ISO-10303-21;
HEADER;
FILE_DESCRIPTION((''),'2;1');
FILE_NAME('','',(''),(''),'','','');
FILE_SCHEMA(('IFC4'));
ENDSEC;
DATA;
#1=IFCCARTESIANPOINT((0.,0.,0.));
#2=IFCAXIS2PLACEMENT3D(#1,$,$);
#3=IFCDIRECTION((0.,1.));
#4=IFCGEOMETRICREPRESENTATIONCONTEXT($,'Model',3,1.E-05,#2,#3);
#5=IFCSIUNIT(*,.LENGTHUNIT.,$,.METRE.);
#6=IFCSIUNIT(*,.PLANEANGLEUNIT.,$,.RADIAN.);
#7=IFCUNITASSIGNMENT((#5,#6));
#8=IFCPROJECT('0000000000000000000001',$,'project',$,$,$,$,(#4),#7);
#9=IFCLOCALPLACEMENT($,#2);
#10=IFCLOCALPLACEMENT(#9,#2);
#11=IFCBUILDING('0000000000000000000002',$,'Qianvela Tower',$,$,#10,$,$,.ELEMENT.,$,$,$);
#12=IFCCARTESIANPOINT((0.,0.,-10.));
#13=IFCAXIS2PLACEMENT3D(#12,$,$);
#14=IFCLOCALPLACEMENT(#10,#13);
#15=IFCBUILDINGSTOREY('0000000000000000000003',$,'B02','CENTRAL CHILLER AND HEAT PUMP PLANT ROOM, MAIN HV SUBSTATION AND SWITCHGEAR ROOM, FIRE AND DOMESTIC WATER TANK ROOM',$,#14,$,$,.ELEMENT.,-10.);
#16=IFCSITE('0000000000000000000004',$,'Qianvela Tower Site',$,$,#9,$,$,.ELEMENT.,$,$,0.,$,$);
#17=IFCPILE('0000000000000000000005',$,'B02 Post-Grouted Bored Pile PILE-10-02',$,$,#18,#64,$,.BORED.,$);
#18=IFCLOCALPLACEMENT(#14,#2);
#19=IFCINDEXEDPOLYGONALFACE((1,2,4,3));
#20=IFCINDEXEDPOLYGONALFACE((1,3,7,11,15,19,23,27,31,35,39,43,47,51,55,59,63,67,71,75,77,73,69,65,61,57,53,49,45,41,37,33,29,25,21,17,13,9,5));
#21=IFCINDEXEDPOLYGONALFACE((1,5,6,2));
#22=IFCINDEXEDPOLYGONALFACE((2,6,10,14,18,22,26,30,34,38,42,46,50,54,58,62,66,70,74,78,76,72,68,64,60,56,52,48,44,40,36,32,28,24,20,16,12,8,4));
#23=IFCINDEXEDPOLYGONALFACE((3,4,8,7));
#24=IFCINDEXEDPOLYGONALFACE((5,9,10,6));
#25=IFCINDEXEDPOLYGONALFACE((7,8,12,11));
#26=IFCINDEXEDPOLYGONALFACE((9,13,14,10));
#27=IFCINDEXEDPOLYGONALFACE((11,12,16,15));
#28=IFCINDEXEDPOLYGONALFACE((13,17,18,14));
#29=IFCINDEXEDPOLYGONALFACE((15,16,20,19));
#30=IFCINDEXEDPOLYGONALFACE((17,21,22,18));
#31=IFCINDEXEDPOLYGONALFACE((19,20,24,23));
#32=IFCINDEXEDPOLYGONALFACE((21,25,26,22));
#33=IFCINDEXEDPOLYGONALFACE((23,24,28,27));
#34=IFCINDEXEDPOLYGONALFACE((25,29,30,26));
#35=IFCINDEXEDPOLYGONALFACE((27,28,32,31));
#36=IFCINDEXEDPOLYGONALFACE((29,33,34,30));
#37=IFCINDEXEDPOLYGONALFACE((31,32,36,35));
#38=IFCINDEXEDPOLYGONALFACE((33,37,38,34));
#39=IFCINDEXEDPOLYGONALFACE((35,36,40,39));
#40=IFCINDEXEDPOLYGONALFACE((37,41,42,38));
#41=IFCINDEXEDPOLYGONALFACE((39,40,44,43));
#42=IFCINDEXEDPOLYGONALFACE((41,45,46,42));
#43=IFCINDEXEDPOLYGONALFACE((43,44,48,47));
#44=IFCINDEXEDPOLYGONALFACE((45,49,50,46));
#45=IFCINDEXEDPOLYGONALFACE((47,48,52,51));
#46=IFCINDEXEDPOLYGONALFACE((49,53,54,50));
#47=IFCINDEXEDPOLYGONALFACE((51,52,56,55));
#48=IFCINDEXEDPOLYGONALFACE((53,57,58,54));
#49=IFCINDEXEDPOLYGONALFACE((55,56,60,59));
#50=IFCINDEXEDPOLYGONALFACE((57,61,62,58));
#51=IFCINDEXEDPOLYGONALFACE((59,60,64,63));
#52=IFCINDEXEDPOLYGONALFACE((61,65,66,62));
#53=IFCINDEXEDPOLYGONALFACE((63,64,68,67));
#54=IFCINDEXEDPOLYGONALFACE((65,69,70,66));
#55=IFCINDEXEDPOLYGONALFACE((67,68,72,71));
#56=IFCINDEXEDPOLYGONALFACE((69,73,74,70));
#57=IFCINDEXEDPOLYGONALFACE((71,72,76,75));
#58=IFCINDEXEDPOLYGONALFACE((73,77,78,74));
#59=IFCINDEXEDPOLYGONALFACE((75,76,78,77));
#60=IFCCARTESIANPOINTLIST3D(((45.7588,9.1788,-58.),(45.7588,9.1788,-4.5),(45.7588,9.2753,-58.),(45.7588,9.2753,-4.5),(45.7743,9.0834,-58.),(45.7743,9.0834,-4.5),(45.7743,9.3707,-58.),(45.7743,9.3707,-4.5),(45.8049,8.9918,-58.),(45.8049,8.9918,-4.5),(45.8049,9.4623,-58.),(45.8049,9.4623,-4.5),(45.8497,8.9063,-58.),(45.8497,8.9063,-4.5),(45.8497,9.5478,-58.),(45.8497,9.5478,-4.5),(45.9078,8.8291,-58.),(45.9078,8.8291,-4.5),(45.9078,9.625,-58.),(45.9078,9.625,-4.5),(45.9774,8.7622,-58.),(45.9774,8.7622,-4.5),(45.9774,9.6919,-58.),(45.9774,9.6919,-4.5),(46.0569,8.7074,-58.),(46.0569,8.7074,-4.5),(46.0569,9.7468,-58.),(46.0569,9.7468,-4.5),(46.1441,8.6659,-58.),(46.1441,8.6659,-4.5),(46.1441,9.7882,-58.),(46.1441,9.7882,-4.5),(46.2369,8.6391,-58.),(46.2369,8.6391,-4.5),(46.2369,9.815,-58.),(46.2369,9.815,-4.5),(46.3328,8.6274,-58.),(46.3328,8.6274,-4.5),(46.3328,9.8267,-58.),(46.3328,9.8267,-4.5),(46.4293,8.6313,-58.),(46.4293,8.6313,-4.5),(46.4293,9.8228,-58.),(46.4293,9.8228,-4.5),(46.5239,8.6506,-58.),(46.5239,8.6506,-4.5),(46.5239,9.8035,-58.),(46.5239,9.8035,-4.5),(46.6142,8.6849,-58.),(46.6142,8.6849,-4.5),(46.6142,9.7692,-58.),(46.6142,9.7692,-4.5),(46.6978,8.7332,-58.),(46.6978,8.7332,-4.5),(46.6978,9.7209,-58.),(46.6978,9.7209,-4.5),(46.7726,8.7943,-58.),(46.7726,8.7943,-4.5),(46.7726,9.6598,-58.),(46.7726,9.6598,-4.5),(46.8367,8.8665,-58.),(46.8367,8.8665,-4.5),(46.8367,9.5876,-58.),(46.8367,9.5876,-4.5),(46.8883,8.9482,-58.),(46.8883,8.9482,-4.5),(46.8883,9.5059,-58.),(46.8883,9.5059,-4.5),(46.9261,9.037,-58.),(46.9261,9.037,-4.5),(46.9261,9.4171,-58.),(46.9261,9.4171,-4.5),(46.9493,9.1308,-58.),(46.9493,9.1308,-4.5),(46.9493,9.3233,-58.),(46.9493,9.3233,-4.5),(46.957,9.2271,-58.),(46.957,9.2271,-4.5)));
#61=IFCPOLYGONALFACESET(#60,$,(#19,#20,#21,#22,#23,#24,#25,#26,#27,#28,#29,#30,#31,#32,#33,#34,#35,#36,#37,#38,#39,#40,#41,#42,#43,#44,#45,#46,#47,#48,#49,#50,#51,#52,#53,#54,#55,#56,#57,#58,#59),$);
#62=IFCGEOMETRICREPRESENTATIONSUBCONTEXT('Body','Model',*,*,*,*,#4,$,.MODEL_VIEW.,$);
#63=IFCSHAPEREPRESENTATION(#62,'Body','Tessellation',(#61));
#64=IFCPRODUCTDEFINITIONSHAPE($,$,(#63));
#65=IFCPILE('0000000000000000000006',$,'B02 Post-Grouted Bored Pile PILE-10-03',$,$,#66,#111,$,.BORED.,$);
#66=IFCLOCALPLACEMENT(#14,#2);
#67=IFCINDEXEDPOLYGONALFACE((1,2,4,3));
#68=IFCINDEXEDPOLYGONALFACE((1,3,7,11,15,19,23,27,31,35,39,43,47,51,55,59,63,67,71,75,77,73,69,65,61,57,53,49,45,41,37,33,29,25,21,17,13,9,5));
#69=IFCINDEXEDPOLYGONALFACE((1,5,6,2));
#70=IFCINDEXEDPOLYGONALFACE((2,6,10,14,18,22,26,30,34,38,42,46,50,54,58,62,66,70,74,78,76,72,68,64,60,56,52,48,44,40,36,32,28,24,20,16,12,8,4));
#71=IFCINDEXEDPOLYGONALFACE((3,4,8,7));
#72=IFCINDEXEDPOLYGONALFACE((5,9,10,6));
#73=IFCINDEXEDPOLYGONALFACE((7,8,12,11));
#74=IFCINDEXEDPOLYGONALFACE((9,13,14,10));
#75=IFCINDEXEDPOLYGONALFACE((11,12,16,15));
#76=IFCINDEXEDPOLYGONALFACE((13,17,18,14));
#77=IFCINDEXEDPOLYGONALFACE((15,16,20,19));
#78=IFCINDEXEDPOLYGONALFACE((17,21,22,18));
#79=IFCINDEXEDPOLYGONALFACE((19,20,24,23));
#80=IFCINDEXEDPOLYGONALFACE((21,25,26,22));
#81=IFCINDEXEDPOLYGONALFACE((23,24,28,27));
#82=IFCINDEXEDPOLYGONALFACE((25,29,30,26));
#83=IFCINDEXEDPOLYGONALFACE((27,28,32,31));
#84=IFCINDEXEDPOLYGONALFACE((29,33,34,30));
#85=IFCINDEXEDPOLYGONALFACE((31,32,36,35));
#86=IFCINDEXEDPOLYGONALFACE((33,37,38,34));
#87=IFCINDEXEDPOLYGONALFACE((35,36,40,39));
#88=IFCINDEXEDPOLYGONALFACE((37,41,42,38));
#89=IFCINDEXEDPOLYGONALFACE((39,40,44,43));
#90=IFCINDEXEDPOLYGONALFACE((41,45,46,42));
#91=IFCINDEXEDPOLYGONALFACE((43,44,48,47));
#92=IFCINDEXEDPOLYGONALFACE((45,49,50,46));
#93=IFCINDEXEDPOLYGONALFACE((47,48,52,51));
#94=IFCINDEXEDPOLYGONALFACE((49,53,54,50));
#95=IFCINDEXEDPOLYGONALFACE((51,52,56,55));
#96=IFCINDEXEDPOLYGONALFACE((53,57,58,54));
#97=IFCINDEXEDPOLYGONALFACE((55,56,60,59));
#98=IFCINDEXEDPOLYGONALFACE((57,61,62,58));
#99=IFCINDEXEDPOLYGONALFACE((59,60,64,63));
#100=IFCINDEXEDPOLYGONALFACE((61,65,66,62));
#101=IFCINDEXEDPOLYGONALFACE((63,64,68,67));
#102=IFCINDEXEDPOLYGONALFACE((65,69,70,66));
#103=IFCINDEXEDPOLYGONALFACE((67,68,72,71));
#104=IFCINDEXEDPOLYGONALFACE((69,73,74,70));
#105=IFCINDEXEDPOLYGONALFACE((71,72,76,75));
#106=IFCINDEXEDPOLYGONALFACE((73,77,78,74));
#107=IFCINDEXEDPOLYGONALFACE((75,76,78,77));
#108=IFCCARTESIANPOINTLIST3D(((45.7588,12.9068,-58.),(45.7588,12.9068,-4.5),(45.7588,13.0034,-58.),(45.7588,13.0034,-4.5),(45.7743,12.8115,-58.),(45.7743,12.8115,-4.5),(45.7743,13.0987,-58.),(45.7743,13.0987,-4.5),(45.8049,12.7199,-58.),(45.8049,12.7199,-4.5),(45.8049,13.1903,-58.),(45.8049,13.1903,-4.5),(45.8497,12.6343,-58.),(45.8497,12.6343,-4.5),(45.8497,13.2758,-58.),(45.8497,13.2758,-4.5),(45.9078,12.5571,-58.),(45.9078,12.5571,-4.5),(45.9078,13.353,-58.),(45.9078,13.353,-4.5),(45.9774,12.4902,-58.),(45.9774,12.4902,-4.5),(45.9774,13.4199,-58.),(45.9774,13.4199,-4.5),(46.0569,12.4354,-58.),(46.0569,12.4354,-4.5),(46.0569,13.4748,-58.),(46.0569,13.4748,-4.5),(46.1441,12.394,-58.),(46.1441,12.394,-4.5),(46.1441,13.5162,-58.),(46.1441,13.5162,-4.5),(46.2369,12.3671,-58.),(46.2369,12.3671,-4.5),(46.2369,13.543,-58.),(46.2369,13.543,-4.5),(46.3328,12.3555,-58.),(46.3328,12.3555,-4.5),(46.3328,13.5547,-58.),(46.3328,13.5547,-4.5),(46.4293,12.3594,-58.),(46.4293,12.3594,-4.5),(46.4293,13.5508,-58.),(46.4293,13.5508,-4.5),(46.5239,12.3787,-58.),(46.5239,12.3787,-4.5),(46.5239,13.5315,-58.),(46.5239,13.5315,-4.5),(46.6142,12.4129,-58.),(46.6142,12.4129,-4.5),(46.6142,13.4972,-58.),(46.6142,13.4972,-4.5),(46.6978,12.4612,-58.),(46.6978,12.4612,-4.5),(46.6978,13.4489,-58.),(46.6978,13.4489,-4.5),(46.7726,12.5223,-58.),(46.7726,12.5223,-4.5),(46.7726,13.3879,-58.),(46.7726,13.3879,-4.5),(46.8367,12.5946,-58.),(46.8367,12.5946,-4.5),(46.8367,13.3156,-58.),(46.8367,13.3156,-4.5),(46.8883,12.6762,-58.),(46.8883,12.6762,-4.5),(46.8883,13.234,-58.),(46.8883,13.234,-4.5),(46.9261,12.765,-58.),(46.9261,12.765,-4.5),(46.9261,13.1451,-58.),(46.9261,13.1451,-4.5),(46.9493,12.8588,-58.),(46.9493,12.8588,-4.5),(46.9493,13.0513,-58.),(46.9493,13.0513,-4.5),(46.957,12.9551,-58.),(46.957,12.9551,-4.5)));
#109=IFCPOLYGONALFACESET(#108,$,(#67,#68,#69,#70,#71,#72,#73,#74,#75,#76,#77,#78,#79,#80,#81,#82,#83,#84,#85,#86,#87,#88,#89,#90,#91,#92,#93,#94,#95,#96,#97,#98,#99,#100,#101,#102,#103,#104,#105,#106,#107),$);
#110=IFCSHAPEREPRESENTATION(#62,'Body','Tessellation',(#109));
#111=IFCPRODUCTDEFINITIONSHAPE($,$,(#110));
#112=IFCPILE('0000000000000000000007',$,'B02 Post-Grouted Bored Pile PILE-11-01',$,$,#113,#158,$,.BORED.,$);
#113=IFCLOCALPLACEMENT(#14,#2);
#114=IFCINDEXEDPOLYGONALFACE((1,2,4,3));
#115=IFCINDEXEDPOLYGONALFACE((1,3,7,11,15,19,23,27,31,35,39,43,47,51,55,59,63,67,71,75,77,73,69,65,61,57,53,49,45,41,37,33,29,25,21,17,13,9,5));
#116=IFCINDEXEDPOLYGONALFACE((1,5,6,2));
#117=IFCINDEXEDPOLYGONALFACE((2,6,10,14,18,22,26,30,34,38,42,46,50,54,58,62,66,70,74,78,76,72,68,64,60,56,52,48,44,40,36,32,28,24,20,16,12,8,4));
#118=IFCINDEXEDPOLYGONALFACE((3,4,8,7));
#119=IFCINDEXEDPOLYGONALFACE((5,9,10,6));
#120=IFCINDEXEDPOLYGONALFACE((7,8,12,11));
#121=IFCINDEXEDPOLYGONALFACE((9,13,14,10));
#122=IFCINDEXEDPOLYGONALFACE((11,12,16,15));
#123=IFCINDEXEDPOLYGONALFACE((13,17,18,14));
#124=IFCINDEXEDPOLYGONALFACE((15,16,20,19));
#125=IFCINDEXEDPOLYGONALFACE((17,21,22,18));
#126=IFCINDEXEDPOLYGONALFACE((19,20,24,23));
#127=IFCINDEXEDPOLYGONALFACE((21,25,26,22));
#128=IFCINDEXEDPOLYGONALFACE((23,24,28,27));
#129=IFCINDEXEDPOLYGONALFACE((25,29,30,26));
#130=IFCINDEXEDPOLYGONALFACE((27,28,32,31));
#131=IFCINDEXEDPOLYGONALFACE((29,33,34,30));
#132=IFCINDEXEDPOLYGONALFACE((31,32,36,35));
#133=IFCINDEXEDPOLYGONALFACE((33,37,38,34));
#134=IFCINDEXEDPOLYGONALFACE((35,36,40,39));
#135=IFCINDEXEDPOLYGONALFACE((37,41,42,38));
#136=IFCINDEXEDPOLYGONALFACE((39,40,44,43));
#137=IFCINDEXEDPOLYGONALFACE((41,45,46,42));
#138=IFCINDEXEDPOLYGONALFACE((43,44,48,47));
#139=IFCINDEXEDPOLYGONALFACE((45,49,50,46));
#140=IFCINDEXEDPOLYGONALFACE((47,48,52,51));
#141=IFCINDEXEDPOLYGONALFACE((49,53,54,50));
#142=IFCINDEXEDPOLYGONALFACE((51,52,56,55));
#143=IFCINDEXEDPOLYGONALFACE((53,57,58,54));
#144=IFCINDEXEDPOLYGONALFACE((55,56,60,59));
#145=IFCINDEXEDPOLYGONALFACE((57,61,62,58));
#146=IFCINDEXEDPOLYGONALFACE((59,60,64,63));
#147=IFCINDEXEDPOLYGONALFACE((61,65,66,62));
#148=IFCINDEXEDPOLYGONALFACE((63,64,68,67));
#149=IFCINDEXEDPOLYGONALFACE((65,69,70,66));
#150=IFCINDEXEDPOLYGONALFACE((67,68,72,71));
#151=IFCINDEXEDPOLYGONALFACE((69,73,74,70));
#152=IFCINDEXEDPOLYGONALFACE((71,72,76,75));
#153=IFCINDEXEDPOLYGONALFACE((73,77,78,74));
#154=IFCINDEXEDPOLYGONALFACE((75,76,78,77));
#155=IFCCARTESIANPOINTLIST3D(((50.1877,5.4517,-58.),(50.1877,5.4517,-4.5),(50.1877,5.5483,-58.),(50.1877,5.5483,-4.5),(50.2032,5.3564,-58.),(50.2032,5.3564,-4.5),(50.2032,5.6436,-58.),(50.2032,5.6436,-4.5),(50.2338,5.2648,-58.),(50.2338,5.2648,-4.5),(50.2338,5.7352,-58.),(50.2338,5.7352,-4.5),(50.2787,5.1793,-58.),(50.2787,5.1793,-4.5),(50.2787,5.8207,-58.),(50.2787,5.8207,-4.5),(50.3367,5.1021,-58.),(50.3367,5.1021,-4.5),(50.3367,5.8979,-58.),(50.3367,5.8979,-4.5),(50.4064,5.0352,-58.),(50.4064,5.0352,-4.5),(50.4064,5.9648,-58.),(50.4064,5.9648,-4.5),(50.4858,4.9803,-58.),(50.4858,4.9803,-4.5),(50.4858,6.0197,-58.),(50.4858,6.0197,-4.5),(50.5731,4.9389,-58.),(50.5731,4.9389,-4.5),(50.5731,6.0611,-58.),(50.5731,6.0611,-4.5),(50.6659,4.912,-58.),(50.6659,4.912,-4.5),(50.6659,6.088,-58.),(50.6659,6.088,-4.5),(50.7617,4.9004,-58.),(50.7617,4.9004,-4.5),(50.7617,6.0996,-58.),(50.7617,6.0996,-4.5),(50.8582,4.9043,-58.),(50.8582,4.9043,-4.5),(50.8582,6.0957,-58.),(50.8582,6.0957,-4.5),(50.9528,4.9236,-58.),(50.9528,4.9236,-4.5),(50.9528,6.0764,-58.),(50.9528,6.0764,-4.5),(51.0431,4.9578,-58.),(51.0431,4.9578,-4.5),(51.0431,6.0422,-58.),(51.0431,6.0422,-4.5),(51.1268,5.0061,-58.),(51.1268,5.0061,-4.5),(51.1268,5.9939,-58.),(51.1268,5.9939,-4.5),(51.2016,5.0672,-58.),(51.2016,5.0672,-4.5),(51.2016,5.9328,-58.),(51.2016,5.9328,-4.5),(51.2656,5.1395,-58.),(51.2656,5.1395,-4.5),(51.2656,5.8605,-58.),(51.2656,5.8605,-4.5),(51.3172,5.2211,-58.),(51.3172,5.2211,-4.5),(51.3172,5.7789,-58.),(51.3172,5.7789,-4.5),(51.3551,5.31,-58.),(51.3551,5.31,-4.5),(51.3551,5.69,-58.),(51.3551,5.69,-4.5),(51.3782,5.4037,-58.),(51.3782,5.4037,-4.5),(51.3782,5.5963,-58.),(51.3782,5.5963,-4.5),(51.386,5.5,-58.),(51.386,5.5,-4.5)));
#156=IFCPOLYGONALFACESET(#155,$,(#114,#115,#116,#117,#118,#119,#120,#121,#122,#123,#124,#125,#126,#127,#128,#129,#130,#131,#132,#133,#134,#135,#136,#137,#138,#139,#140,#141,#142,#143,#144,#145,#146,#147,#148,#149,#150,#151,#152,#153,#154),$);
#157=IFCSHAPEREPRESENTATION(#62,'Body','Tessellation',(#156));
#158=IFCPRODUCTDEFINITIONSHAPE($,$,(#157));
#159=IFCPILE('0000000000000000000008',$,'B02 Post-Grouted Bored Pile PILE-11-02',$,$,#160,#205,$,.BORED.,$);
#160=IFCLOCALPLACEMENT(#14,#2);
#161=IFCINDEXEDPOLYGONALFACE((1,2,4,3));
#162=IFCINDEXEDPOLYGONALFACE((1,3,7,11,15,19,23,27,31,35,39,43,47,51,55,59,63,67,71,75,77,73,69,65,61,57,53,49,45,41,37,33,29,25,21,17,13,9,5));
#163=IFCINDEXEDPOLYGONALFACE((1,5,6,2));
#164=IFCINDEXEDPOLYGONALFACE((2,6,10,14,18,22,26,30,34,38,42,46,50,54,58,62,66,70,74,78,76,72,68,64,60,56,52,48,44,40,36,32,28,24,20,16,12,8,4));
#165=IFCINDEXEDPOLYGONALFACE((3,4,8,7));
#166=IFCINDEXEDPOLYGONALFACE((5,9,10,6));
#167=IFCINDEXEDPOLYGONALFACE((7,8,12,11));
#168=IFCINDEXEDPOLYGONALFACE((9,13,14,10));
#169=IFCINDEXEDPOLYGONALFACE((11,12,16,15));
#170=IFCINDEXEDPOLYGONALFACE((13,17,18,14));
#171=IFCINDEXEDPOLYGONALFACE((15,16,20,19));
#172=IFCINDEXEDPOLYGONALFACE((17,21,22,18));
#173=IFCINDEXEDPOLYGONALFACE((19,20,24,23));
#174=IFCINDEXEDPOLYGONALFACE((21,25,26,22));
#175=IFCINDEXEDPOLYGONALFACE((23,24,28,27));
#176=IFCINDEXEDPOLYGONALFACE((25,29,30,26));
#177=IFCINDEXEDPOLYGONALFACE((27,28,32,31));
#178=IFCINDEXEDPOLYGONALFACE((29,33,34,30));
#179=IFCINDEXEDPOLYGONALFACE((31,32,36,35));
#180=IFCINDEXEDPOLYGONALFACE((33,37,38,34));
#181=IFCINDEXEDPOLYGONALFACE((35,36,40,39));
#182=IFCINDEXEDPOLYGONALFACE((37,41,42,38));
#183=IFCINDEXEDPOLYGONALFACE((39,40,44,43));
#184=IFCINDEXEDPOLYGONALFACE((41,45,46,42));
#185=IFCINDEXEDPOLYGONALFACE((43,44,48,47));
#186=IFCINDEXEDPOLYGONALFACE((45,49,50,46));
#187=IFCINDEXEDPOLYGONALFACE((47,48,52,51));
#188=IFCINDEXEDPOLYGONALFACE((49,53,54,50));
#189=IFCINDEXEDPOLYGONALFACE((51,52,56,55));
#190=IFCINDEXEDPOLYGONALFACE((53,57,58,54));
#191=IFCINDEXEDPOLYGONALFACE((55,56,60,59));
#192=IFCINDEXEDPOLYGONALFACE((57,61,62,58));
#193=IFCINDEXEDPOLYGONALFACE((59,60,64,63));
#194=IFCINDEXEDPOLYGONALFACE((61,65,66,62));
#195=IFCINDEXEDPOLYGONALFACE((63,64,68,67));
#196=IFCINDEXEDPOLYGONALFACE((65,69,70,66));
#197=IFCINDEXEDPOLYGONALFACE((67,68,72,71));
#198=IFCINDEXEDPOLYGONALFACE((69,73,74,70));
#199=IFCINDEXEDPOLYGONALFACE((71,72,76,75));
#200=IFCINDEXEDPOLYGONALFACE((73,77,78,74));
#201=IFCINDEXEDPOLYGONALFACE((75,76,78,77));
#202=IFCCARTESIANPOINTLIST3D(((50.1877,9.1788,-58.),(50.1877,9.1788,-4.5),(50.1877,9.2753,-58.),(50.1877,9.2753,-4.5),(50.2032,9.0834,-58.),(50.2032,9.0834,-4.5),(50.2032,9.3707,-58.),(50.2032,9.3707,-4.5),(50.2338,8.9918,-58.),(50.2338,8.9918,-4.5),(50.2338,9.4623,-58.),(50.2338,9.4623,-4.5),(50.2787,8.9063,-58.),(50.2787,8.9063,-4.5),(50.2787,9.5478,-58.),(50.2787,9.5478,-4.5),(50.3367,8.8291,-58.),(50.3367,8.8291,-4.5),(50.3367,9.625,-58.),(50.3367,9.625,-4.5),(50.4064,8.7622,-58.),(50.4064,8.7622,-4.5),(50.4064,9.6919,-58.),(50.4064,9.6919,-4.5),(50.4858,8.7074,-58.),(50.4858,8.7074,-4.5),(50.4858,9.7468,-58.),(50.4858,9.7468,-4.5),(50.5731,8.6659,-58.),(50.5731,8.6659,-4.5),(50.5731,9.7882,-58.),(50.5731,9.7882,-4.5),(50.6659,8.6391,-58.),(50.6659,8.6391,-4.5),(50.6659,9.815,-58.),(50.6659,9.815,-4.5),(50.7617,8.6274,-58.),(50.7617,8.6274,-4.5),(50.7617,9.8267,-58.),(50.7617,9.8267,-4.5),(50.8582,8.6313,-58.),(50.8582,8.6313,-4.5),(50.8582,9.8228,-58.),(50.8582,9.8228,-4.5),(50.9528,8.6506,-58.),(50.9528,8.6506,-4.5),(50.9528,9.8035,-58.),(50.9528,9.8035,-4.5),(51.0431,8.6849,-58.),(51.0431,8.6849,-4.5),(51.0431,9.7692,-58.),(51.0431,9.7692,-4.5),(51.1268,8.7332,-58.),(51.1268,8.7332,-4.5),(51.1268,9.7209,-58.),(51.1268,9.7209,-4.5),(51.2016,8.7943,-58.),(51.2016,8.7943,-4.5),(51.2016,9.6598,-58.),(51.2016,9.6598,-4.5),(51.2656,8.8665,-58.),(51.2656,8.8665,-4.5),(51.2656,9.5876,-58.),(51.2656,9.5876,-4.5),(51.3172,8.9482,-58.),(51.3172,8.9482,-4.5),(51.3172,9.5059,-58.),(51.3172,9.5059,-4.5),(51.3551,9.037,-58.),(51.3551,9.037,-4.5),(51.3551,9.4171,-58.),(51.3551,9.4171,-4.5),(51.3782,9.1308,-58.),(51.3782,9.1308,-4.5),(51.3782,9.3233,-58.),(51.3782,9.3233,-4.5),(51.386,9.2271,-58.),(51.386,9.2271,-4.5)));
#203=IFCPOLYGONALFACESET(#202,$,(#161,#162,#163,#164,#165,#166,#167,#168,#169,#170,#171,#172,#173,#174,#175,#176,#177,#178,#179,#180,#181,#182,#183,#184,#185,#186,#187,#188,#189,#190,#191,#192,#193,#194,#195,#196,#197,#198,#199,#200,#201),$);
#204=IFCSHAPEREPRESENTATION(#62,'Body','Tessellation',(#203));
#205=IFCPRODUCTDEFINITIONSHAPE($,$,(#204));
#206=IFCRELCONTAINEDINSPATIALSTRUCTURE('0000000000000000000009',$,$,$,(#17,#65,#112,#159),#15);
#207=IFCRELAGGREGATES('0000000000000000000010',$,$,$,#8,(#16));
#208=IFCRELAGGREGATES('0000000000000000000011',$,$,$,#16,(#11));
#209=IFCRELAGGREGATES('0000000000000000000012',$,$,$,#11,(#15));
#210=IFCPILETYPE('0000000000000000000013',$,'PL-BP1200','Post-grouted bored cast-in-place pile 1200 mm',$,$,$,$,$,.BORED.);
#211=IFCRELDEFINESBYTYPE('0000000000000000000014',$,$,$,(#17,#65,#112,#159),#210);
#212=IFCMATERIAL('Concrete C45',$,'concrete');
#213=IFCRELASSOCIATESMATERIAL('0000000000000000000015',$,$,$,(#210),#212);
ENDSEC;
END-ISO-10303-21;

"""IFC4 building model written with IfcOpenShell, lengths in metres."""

from ifc_helpers import new_model, si_unit, direction, frame, origin, origin_2d, place, context, subcontext, project, spatial, circle, extrude, material, material_profile, profile_set, type_object, element, save


model = new_model("IFC4")

# Units and contexts
model_context = context("Model", 3, precision=1e-05, world=origin(), true_north=direction((0.0, 1.0)))
body_context = subcontext(model_context, "Body", "Model", "MODEL_VIEW")
ifc_project = project(units=[si_unit("LENGTHUNIT", "METRE"), si_unit("PLANEANGLEUNIT", "RADIAN")], contexts=[model_context])

# Site, building, storey
site_placement = place(None, origin())
site = spatial("IfcSite", under=ifc_project, at=site_placement, Name="Qianvela Tower Site", CompositionType="ELEMENT", RefElevation=0.0)
building_placement = place(site_placement, origin())
building = spatial("IfcBuilding", under=site, at=building_placement, Name="Qianvela Tower", CompositionType="ELEMENT")
storey_placement = place(building_placement, frame((0.0, 0.0, -10.0)))
storey = spatial("IfcBuildingStorey", under=building, at=storey_placement, Name="B02", Description="CENTRAL CHILLER AND HEAT PUMP PLANT ROOM, MAIN HV SUBSTATION AND SWITCHGEAR ROOM, FIRE AND DOMESTIC WATER TANK ROOM", CompositionType="ELEMENT", Elevation=-10.0)

# Piles
ifc_material_1 = material(Name="Concrete C45", Category="concrete")
ifc_material_profile_1 = material_profile(ifc_material_1, circle(Radius=0.6001, at=origin_2d()), Name="BP-1200")
ifc_profile_set_1 = profile_set([ifc_material_profile_1], Name="Concrete C45")
pile_type = type_object("IfcPileType", Name="PL-BP1200", Description="Post-grouted bored cast-in-place pile 1200 mm", PredefinedType="BORED", material=ifc_profile_set_1)
for number, where, z_axis, x_axis, name in (
    (1, (46.3569, 9.2271, -4.5), (0.0, 0.0, -1.0), (1.0, 0.0, 0.0), "B02 Post-Grouted Bored Pile PILE-10-02"),
    (2, (46.3569, 12.9551, -4.5), (0.0, 0.0, -1.0), (1.0, 0.0, 0.0), "B02 Post-Grouted Bored Pile PILE-10-03"),
    (3, (50.7859, 5.5, -4.5), (0.0, 0.0, -1.0), (1.0, 0.0, 0.0), "B02 Post-Grouted Bored Pile PILE-11-01"),
    (4, (50.7859, 9.2271, -4.5), (0.0, 0.0, -1.0), (1.0, 0.0, 0.0), "B02 Post-Grouted Bored Pile PILE-11-02"),
):
    element("IfcPile", number, at=place(storey_placement, frame(where, z_axis=z_axis, x_axis=x_axis)), inside=storey, type_object=pile_type, Name=name, PredefinedType="BORED", context=body_context, shape_type="SweptSolid", body=[
        extrude(circle(Radius=0.6001, at=origin_2d()), origin(), (0.0, 0.0, 1.0), 53.5),
    ])

save(model, "model.ifc")
